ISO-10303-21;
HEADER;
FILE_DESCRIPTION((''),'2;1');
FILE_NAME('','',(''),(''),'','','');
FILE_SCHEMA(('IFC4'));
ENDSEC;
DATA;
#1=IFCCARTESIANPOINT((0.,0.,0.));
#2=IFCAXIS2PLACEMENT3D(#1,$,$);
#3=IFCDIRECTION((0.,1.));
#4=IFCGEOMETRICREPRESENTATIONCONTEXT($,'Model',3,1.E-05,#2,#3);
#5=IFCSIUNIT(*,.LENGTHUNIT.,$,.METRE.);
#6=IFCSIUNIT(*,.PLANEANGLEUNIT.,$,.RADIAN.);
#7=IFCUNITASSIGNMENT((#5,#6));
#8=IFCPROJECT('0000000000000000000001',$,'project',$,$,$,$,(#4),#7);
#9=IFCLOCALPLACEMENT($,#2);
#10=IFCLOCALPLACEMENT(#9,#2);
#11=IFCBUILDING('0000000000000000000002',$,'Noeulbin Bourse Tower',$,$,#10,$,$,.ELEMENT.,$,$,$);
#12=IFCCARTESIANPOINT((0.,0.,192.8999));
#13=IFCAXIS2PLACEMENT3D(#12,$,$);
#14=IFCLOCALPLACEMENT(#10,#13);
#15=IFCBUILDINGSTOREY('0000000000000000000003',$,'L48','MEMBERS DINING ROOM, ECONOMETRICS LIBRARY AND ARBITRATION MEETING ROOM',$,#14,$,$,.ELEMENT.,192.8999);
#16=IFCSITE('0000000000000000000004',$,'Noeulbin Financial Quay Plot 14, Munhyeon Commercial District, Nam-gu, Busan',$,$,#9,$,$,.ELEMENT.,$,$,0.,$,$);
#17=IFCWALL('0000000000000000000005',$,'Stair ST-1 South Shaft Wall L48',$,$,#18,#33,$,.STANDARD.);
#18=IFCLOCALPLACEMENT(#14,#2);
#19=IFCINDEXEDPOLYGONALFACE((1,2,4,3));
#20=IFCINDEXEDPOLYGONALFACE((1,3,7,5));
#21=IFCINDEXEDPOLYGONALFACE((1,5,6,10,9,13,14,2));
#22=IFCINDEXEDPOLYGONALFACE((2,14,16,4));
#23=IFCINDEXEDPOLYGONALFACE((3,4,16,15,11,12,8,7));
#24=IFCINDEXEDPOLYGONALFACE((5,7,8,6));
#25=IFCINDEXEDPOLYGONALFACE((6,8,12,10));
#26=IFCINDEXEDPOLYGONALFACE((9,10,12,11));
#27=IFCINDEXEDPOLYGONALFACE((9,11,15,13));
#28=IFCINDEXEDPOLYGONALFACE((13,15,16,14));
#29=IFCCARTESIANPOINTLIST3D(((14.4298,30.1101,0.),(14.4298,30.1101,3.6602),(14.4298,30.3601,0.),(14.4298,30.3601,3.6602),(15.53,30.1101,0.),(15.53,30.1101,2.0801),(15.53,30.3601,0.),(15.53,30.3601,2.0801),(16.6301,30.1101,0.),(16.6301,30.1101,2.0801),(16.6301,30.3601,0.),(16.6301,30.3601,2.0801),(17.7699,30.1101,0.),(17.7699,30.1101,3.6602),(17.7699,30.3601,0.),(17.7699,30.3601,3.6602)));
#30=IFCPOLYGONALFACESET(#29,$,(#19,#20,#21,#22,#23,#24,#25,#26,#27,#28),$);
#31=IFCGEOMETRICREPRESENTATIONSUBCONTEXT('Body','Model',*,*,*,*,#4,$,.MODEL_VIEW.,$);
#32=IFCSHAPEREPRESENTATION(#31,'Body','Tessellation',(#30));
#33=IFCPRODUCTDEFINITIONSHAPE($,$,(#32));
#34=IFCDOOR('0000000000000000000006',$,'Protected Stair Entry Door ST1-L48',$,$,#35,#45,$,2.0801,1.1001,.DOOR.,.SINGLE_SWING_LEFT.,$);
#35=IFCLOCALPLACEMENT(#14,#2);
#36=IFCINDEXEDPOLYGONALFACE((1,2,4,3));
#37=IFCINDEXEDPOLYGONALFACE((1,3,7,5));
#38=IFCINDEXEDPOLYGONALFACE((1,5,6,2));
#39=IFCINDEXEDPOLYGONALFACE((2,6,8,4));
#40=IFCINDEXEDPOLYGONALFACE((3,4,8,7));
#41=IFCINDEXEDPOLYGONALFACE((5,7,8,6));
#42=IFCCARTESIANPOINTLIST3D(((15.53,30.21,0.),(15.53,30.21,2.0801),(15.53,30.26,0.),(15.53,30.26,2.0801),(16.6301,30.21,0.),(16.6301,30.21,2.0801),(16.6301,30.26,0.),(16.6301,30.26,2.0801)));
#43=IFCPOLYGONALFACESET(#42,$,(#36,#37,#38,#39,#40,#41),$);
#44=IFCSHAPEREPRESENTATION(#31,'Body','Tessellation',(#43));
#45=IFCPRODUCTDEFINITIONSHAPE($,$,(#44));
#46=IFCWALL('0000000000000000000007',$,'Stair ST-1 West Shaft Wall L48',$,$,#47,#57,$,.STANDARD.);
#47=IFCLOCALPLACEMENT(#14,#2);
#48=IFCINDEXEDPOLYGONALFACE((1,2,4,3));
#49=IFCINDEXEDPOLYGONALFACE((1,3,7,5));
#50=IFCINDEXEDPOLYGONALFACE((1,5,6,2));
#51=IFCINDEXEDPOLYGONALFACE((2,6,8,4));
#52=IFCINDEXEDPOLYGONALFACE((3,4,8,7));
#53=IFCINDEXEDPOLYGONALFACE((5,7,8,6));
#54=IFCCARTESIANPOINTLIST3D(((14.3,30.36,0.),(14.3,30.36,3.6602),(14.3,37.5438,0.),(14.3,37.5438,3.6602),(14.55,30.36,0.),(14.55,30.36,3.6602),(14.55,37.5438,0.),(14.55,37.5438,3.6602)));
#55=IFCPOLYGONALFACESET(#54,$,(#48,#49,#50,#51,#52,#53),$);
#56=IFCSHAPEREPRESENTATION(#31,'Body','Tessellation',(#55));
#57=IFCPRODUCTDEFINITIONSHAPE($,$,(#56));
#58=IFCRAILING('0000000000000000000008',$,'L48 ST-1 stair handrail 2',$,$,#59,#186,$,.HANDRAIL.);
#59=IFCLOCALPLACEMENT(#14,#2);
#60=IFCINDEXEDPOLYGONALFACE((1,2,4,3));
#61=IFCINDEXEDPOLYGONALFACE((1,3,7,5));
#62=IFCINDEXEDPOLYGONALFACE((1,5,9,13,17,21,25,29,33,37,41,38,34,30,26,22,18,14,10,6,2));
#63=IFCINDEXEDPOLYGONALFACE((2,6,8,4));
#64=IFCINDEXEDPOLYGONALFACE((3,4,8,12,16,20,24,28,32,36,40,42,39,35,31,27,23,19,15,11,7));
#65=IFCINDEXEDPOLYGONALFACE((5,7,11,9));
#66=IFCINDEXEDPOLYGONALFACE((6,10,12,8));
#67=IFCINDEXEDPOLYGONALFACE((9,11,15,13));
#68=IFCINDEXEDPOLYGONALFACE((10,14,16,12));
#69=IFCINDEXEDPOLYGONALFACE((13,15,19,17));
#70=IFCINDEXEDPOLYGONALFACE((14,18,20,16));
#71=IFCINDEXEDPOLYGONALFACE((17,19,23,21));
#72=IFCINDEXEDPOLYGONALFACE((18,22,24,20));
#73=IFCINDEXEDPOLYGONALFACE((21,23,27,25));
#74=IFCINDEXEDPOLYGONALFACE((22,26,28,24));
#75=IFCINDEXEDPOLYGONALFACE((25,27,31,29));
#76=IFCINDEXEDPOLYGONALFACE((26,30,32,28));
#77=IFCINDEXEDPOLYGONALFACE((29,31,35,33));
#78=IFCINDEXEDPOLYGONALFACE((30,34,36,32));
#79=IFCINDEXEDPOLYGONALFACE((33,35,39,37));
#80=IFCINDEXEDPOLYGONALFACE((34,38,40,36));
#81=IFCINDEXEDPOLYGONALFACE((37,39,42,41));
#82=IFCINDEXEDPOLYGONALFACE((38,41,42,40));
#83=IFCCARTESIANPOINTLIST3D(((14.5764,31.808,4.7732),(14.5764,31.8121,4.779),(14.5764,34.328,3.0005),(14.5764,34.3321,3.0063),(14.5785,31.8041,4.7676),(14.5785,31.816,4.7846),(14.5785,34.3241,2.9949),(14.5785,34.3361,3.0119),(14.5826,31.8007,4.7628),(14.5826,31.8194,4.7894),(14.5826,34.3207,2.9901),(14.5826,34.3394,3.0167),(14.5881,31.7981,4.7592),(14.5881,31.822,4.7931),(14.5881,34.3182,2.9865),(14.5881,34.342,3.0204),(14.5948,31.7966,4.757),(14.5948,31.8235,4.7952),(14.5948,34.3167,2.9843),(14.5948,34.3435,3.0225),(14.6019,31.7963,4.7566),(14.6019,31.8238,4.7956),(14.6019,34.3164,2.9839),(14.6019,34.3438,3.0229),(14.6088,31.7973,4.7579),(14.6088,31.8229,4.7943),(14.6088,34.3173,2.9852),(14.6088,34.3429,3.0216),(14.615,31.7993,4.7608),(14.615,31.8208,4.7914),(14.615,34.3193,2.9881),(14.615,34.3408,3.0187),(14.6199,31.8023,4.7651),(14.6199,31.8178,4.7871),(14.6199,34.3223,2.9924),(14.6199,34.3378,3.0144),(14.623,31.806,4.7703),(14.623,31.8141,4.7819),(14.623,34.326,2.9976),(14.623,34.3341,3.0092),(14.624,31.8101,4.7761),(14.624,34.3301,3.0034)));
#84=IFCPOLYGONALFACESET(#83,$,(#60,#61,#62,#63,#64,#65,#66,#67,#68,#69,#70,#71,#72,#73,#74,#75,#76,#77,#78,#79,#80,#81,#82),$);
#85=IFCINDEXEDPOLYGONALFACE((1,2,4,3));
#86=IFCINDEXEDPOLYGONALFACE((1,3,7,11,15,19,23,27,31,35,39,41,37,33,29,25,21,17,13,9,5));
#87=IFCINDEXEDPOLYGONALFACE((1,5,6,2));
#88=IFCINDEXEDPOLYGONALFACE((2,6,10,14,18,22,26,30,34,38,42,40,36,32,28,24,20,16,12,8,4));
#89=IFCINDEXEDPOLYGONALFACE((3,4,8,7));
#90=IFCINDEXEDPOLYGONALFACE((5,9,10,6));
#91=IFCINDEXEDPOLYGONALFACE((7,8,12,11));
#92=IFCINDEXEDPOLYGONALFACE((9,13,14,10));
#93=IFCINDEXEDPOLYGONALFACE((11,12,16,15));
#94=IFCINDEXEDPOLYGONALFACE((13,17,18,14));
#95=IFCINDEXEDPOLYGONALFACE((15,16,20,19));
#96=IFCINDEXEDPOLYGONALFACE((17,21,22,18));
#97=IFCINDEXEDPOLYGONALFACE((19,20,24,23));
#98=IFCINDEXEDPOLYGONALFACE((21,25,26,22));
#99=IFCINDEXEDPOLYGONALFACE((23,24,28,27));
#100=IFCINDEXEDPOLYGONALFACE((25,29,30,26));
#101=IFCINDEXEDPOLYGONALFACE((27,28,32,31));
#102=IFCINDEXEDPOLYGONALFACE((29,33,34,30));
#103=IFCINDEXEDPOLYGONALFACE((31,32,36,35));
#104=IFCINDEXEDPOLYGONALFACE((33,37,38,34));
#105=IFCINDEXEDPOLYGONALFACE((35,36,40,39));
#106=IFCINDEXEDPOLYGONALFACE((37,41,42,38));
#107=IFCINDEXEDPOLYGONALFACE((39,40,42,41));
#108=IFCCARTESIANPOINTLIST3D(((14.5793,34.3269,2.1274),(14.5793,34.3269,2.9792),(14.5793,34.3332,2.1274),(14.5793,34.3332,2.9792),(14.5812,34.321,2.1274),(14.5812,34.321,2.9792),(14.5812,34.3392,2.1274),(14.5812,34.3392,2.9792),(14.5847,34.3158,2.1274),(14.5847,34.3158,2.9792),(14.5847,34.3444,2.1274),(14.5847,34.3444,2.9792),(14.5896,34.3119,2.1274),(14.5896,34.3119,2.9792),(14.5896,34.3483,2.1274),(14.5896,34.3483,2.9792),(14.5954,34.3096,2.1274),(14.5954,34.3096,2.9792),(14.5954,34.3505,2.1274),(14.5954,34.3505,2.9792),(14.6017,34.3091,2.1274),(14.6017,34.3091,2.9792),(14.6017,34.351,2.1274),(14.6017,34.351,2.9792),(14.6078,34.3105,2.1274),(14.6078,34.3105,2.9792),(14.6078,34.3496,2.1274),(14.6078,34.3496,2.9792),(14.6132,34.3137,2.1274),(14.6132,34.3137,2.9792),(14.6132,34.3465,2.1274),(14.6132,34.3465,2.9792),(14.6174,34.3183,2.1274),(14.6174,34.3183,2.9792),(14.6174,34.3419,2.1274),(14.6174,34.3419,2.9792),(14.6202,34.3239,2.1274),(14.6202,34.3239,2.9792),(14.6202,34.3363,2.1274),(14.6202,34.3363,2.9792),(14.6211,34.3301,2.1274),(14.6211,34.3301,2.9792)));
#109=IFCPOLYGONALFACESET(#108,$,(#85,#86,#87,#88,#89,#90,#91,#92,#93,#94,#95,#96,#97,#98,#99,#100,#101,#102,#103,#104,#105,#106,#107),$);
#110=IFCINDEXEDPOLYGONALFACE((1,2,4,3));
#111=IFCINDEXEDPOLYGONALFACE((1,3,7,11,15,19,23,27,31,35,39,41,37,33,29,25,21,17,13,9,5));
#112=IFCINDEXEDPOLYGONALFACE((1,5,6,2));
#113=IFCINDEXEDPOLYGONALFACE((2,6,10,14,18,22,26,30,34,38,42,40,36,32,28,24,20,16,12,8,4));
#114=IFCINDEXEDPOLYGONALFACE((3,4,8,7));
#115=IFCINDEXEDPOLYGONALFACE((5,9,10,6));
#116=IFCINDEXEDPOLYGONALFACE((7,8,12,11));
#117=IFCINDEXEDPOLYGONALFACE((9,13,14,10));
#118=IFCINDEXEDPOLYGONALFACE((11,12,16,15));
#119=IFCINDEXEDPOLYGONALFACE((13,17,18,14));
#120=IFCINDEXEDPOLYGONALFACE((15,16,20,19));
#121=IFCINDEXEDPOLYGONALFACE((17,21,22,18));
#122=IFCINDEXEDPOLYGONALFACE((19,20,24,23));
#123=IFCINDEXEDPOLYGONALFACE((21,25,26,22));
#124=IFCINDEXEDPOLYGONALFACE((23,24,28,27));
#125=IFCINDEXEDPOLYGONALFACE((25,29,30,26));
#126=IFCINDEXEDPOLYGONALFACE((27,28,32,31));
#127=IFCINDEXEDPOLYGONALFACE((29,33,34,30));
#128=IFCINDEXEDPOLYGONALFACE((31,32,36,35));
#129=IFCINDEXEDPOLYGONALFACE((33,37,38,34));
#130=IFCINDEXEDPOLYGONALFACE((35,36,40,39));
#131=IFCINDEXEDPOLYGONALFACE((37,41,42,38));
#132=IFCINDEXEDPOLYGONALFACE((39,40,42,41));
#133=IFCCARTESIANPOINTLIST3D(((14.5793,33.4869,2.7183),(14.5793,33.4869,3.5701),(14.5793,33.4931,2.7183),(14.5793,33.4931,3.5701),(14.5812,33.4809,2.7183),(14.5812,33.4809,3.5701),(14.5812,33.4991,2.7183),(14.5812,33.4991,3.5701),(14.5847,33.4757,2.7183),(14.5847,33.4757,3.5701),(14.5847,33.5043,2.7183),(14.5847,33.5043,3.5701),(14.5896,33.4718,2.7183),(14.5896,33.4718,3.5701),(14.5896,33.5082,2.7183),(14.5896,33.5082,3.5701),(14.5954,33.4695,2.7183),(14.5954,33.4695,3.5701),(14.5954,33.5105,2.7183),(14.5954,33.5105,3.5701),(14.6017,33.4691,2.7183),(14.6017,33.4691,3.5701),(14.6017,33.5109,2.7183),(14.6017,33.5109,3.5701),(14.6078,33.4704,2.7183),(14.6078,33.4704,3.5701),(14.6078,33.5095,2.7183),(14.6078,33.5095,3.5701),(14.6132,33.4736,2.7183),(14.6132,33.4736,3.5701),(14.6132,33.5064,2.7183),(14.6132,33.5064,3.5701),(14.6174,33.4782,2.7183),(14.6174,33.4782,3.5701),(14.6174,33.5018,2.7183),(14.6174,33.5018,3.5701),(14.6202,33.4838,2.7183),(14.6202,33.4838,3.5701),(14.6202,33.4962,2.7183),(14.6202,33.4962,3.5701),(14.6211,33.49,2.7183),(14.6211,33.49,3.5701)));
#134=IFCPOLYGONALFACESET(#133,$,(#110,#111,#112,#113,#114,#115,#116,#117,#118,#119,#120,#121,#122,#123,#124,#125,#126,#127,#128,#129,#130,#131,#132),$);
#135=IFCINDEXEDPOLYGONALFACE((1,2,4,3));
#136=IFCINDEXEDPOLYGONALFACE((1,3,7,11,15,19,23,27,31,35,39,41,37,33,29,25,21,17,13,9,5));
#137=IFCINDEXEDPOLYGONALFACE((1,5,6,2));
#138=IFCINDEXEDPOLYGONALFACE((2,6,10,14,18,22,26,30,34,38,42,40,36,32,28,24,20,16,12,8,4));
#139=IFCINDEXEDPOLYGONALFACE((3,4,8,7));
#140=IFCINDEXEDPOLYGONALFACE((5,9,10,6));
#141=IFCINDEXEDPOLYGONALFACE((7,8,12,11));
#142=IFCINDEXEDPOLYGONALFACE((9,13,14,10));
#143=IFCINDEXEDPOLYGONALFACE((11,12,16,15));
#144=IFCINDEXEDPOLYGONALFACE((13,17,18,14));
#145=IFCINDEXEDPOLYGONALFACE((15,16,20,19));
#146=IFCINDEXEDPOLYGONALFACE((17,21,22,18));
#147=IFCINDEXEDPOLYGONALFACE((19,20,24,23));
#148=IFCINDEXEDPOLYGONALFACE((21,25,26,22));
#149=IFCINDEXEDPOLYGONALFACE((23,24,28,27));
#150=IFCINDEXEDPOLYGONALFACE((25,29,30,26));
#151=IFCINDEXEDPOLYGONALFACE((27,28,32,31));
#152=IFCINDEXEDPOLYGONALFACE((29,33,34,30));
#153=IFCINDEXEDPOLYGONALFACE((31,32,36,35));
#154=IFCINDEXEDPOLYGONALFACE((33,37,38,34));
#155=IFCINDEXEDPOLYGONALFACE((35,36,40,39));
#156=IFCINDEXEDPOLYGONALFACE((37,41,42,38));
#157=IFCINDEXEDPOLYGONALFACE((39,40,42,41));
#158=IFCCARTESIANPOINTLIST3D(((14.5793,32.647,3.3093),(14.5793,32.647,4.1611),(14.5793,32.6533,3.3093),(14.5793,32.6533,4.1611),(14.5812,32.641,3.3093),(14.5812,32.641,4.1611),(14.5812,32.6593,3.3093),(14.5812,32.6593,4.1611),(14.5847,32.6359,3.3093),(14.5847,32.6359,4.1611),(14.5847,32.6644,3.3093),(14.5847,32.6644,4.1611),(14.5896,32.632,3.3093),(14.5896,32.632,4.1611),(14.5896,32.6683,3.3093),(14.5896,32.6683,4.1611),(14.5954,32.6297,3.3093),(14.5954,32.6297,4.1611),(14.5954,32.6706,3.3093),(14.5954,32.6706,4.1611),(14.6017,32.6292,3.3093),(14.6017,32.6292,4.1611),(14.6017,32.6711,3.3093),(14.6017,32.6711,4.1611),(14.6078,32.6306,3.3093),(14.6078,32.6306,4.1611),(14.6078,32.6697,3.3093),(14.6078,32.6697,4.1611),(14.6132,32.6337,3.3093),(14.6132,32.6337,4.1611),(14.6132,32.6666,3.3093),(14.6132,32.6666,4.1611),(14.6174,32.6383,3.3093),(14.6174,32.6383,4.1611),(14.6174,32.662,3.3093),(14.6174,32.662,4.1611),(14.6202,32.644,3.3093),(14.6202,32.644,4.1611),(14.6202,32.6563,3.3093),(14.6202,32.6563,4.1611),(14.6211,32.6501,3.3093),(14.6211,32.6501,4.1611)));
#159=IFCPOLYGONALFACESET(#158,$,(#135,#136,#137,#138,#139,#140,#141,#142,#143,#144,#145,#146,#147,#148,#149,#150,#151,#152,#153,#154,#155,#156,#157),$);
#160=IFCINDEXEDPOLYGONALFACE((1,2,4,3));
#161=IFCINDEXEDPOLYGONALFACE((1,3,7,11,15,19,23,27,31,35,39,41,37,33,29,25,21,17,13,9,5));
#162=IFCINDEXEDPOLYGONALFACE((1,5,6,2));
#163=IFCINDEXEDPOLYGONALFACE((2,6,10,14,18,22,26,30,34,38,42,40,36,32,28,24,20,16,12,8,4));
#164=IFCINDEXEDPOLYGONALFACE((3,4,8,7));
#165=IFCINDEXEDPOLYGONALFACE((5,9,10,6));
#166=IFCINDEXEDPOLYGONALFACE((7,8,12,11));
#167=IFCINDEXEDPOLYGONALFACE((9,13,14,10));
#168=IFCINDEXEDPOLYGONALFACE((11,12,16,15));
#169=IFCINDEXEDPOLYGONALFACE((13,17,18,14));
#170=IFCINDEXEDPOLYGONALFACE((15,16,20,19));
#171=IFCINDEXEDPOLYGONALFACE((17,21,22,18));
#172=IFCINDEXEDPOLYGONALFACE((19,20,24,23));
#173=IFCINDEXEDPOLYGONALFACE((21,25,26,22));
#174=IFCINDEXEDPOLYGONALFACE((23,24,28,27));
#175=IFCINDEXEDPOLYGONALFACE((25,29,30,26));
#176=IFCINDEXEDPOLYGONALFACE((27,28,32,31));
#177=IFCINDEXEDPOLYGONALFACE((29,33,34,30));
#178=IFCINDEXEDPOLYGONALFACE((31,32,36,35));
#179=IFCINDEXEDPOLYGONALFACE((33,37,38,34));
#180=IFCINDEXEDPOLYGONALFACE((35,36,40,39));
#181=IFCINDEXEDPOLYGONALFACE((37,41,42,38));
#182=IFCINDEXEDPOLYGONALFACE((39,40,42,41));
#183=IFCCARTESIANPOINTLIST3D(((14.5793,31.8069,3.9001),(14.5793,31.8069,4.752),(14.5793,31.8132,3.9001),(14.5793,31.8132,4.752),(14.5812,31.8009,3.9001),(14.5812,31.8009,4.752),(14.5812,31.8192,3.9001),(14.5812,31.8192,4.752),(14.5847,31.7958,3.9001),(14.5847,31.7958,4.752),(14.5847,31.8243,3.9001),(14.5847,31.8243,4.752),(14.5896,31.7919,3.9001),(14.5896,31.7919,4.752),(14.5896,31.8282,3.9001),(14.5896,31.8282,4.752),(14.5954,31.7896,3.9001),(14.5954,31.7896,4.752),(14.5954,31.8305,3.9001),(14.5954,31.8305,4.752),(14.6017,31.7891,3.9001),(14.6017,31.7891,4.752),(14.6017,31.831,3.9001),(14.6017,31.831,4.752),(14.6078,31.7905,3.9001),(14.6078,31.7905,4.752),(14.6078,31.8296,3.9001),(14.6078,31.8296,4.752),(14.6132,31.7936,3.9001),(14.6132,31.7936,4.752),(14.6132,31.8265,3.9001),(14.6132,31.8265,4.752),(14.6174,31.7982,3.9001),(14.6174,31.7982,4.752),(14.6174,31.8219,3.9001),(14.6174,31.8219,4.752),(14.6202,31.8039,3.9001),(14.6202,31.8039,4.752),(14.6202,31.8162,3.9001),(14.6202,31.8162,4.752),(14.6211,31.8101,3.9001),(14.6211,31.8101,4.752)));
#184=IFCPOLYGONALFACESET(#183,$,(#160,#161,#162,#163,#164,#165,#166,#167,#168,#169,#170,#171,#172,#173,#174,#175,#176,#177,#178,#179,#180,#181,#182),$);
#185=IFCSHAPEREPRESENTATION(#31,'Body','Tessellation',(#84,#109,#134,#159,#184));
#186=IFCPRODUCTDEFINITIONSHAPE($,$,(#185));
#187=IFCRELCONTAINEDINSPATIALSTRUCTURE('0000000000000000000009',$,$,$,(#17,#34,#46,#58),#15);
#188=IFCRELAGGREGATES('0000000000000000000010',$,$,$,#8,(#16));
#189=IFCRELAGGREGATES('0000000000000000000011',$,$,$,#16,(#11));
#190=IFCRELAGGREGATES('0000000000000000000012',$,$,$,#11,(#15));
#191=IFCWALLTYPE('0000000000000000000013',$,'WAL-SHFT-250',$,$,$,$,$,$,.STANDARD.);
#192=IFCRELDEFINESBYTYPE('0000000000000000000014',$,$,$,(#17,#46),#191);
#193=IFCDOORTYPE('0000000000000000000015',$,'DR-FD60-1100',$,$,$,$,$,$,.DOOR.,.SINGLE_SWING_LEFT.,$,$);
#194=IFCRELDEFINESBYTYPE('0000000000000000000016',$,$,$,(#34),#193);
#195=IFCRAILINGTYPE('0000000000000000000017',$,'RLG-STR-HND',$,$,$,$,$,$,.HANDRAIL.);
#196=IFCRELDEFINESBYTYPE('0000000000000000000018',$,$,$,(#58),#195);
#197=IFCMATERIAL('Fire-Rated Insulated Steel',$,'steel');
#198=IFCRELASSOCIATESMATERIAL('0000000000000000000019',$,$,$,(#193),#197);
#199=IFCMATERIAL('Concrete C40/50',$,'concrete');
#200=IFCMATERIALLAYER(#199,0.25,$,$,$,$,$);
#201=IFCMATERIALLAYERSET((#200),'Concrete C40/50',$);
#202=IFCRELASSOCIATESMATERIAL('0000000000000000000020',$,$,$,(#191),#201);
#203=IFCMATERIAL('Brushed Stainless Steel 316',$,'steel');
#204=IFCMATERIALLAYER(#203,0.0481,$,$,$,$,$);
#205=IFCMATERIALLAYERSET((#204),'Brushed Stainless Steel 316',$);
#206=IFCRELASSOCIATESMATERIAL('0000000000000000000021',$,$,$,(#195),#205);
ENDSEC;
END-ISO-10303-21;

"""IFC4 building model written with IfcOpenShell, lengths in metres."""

from ifc_helpers import new_model, si_unit, direction, frame, frame_2d, origin, origin_2d, place, context, subcontext, project, spatial, rectangle, circle, extrude, material, layer, layer_set, type_object, element, fill, save


model = new_model("IFC4")

# Units and contexts
model_context = context("Model", 3, precision=1e-05, world=origin(), true_north=direction((0.0, 1.0)))
body_context = subcontext(model_context, "Body", "Model", "MODEL_VIEW")
ifc_project = project(units=[si_unit("LENGTHUNIT", "METRE"), si_unit("PLANEANGLEUNIT", "RADIAN")], contexts=[model_context])

# Site, building, storey
site_placement = place(None, origin())
site = spatial("IfcSite", under=ifc_project, at=site_placement, Name="Noeulbin Financial Quay Plot 14, Munhyeon Commercial District, Nam-gu, Busan", CompositionType="ELEMENT", RefElevation=0.0)
building_placement = place(site_placement, origin())
building = spatial("IfcBuilding", under=site, at=building_placement, Name="Noeulbin Bourse Tower", CompositionType="ELEMENT")
storey_placement = place(building_placement, frame((0.0, 0.0, 192.8999)))
storey = spatial("IfcBuildingStorey", under=building, at=storey_placement, Name="L48", Description="MEMBERS DINING ROOM, ECONOMETRICS LIBRARY AND ARBITRATION MEETING ROOM", CompositionType="ELEMENT", Elevation=192.8999)

# Shared definitions
ifc_material_1 = material(Name="Fire-Rated Insulated Steel", Category="steel")
door_type_1 = type_object("IfcDoorType", Name="DR-FD60-1100", OperationType="SINGLE_SWING_LEFT", PredefinedType="DOOR", material=ifc_material_1)

# Wall, opening, door
ifc_material_2 = material(Name="Concrete C40/50", Category="concrete")
ifc_layer_1 = layer(ifc_material_2, 0.25)
ifc_layer_set_1 = layer_set([ifc_layer_1], Name="Concrete C40/50")
wall_type_1 = type_object("IfcWallType", Name="WAL-SHFT-250", PredefinedType="STANDARD", material=ifc_layer_set_1)
wall_1_placement = place(storey_placement, frame((14.4299, 30.2351, 0.0), z_axis=(0.0, 0.0, 1.0), x_axis=(1.0, 0.0, 0.0)))
wall_1 = element("IfcWall", 1, at=wall_1_placement, inside=storey, type_object=wall_type_1, Name="Stair ST-1 South Shaft Wall L48", PredefinedType="STANDARD", context=body_context, shape_type="SweptSolid", body=[
    extrude(rectangle(XDim=3.3401, YDim=0.25, at=frame_2d((1.6699, 0.0))), origin(), (0.0, 0.0, 1.0), 3.6602),
])
opening_1_placement = place(wall_1_placement, frame((1.1001, 0.0, 0.0)))
opening_1 = element("IfcOpeningElement", 2, at=opening_1_placement, cuts=wall_1, PredefinedType="OPENING", context=body_context, shape_type="SweptSolid", body=[
    extrude(rectangle(XDim=1.1001, YDim=2.0801, at=frame_2d((0.55, 1.04))), frame((0.0, 0.135, 0.0), z_axis=(0.0, -1.0, 0.0), x_axis=(1.0, 0.0, 0.0)), (0.0, 0.0, 1.0), 0.27),
])
door_1_placement = place(opening_1_placement, origin())
door_1 = element("IfcDoor", 3, at=door_1_placement, inside=storey, type_object=door_type_1, Name="Protected Stair Entry Door ST1-L48", OperationType="SINGLE_SWING_LEFT", OverallHeight=2.0801, OverallWidth=1.1001, PredefinedType="DOOR", context=body_context, shape_type="SweptSolid", body=[
    extrude(rectangle(XDim=1.1001, YDim=2.0801, at=frame_2d((0.55, 1.04))), frame((0.0, 0.0249, 0.0), z_axis=(0.0, -1.0, 0.0), x_axis=(1.0, 0.0, 0.0)), (0.0, 0.0, 1.0), 0.05),
])
fill(opening_1, door_1)

# Wall
wall_2_placement = place(storey_placement, frame((14.425, 30.3601, 0.0), z_axis=(0.0, 0.0, 1.0), x_axis=(0.0, 1.0, 0.0)))
element("IfcWall", 4, at=wall_2_placement, inside=storey, type_object=wall_type_1, Name="Stair ST-1 West Shaft Wall L48", PredefinedType="STANDARD", context=body_context, shape_type="SweptSolid", body=[
    extrude(rectangle(XDim=7.1838, YDim=0.25, at=frame_2d((3.5918, 0.0))), origin(), (0.0, 0.0, 1.0), 3.6602),
])

# Railing
ifc_material_3 = material(Name="Brushed Stainless Steel 316", Category="steel")
ifc_layer_2 = layer(ifc_material_3, 0.0481)
ifc_layer_set_2 = layer_set([ifc_layer_2], Name="Brushed Stainless Steel 316")
railing_type = type_object("IfcRailingType", Name="RLG-STR-HND", PredefinedType="HANDRAIL", material=ifc_layer_set_2)
railing_placement = place(storey_placement, frame((14.6001, 34.3301, 2.1274)))
element("IfcRailing", 5, at=railing_placement, inside=storey, type_object=railing_type, Name="L48 ST-1 stair handrail 2", PredefinedType="HANDRAIL", context=body_context, shape_type="SweptSolid", body=[
    extrude(circle(Radius=0.0239, at=origin_2d()), frame((0.0, 0.0, 0.876), z_axis=(0.0, -0.817904, 0.575354), x_axis=(1.0, 0.0, 0.0)), (0.0, 0.0, 1.0), 3.0811),
    extrude(circle(Radius=0.021, at=origin_2d()), origin(), (0.0, 0.0, 1.0), 0.8518),
    extrude(circle(Radius=0.021, at=origin_2d()), frame((0.0, -0.8401, 0.5908)), (0.0, 0.0, 1.0), 0.8518),
    extrude(circle(Radius=0.021, at=origin_2d()), frame((0.0, -1.6799, 1.1819)), (0.0, 0.0, 1.0), 0.8518),
    extrude(circle(Radius=0.021, at=origin_2d()), frame((0.0, -2.52, 1.7727)), (0.0, 0.0, 1.0), 0.8518),
])

save(model, "model.ifc")
